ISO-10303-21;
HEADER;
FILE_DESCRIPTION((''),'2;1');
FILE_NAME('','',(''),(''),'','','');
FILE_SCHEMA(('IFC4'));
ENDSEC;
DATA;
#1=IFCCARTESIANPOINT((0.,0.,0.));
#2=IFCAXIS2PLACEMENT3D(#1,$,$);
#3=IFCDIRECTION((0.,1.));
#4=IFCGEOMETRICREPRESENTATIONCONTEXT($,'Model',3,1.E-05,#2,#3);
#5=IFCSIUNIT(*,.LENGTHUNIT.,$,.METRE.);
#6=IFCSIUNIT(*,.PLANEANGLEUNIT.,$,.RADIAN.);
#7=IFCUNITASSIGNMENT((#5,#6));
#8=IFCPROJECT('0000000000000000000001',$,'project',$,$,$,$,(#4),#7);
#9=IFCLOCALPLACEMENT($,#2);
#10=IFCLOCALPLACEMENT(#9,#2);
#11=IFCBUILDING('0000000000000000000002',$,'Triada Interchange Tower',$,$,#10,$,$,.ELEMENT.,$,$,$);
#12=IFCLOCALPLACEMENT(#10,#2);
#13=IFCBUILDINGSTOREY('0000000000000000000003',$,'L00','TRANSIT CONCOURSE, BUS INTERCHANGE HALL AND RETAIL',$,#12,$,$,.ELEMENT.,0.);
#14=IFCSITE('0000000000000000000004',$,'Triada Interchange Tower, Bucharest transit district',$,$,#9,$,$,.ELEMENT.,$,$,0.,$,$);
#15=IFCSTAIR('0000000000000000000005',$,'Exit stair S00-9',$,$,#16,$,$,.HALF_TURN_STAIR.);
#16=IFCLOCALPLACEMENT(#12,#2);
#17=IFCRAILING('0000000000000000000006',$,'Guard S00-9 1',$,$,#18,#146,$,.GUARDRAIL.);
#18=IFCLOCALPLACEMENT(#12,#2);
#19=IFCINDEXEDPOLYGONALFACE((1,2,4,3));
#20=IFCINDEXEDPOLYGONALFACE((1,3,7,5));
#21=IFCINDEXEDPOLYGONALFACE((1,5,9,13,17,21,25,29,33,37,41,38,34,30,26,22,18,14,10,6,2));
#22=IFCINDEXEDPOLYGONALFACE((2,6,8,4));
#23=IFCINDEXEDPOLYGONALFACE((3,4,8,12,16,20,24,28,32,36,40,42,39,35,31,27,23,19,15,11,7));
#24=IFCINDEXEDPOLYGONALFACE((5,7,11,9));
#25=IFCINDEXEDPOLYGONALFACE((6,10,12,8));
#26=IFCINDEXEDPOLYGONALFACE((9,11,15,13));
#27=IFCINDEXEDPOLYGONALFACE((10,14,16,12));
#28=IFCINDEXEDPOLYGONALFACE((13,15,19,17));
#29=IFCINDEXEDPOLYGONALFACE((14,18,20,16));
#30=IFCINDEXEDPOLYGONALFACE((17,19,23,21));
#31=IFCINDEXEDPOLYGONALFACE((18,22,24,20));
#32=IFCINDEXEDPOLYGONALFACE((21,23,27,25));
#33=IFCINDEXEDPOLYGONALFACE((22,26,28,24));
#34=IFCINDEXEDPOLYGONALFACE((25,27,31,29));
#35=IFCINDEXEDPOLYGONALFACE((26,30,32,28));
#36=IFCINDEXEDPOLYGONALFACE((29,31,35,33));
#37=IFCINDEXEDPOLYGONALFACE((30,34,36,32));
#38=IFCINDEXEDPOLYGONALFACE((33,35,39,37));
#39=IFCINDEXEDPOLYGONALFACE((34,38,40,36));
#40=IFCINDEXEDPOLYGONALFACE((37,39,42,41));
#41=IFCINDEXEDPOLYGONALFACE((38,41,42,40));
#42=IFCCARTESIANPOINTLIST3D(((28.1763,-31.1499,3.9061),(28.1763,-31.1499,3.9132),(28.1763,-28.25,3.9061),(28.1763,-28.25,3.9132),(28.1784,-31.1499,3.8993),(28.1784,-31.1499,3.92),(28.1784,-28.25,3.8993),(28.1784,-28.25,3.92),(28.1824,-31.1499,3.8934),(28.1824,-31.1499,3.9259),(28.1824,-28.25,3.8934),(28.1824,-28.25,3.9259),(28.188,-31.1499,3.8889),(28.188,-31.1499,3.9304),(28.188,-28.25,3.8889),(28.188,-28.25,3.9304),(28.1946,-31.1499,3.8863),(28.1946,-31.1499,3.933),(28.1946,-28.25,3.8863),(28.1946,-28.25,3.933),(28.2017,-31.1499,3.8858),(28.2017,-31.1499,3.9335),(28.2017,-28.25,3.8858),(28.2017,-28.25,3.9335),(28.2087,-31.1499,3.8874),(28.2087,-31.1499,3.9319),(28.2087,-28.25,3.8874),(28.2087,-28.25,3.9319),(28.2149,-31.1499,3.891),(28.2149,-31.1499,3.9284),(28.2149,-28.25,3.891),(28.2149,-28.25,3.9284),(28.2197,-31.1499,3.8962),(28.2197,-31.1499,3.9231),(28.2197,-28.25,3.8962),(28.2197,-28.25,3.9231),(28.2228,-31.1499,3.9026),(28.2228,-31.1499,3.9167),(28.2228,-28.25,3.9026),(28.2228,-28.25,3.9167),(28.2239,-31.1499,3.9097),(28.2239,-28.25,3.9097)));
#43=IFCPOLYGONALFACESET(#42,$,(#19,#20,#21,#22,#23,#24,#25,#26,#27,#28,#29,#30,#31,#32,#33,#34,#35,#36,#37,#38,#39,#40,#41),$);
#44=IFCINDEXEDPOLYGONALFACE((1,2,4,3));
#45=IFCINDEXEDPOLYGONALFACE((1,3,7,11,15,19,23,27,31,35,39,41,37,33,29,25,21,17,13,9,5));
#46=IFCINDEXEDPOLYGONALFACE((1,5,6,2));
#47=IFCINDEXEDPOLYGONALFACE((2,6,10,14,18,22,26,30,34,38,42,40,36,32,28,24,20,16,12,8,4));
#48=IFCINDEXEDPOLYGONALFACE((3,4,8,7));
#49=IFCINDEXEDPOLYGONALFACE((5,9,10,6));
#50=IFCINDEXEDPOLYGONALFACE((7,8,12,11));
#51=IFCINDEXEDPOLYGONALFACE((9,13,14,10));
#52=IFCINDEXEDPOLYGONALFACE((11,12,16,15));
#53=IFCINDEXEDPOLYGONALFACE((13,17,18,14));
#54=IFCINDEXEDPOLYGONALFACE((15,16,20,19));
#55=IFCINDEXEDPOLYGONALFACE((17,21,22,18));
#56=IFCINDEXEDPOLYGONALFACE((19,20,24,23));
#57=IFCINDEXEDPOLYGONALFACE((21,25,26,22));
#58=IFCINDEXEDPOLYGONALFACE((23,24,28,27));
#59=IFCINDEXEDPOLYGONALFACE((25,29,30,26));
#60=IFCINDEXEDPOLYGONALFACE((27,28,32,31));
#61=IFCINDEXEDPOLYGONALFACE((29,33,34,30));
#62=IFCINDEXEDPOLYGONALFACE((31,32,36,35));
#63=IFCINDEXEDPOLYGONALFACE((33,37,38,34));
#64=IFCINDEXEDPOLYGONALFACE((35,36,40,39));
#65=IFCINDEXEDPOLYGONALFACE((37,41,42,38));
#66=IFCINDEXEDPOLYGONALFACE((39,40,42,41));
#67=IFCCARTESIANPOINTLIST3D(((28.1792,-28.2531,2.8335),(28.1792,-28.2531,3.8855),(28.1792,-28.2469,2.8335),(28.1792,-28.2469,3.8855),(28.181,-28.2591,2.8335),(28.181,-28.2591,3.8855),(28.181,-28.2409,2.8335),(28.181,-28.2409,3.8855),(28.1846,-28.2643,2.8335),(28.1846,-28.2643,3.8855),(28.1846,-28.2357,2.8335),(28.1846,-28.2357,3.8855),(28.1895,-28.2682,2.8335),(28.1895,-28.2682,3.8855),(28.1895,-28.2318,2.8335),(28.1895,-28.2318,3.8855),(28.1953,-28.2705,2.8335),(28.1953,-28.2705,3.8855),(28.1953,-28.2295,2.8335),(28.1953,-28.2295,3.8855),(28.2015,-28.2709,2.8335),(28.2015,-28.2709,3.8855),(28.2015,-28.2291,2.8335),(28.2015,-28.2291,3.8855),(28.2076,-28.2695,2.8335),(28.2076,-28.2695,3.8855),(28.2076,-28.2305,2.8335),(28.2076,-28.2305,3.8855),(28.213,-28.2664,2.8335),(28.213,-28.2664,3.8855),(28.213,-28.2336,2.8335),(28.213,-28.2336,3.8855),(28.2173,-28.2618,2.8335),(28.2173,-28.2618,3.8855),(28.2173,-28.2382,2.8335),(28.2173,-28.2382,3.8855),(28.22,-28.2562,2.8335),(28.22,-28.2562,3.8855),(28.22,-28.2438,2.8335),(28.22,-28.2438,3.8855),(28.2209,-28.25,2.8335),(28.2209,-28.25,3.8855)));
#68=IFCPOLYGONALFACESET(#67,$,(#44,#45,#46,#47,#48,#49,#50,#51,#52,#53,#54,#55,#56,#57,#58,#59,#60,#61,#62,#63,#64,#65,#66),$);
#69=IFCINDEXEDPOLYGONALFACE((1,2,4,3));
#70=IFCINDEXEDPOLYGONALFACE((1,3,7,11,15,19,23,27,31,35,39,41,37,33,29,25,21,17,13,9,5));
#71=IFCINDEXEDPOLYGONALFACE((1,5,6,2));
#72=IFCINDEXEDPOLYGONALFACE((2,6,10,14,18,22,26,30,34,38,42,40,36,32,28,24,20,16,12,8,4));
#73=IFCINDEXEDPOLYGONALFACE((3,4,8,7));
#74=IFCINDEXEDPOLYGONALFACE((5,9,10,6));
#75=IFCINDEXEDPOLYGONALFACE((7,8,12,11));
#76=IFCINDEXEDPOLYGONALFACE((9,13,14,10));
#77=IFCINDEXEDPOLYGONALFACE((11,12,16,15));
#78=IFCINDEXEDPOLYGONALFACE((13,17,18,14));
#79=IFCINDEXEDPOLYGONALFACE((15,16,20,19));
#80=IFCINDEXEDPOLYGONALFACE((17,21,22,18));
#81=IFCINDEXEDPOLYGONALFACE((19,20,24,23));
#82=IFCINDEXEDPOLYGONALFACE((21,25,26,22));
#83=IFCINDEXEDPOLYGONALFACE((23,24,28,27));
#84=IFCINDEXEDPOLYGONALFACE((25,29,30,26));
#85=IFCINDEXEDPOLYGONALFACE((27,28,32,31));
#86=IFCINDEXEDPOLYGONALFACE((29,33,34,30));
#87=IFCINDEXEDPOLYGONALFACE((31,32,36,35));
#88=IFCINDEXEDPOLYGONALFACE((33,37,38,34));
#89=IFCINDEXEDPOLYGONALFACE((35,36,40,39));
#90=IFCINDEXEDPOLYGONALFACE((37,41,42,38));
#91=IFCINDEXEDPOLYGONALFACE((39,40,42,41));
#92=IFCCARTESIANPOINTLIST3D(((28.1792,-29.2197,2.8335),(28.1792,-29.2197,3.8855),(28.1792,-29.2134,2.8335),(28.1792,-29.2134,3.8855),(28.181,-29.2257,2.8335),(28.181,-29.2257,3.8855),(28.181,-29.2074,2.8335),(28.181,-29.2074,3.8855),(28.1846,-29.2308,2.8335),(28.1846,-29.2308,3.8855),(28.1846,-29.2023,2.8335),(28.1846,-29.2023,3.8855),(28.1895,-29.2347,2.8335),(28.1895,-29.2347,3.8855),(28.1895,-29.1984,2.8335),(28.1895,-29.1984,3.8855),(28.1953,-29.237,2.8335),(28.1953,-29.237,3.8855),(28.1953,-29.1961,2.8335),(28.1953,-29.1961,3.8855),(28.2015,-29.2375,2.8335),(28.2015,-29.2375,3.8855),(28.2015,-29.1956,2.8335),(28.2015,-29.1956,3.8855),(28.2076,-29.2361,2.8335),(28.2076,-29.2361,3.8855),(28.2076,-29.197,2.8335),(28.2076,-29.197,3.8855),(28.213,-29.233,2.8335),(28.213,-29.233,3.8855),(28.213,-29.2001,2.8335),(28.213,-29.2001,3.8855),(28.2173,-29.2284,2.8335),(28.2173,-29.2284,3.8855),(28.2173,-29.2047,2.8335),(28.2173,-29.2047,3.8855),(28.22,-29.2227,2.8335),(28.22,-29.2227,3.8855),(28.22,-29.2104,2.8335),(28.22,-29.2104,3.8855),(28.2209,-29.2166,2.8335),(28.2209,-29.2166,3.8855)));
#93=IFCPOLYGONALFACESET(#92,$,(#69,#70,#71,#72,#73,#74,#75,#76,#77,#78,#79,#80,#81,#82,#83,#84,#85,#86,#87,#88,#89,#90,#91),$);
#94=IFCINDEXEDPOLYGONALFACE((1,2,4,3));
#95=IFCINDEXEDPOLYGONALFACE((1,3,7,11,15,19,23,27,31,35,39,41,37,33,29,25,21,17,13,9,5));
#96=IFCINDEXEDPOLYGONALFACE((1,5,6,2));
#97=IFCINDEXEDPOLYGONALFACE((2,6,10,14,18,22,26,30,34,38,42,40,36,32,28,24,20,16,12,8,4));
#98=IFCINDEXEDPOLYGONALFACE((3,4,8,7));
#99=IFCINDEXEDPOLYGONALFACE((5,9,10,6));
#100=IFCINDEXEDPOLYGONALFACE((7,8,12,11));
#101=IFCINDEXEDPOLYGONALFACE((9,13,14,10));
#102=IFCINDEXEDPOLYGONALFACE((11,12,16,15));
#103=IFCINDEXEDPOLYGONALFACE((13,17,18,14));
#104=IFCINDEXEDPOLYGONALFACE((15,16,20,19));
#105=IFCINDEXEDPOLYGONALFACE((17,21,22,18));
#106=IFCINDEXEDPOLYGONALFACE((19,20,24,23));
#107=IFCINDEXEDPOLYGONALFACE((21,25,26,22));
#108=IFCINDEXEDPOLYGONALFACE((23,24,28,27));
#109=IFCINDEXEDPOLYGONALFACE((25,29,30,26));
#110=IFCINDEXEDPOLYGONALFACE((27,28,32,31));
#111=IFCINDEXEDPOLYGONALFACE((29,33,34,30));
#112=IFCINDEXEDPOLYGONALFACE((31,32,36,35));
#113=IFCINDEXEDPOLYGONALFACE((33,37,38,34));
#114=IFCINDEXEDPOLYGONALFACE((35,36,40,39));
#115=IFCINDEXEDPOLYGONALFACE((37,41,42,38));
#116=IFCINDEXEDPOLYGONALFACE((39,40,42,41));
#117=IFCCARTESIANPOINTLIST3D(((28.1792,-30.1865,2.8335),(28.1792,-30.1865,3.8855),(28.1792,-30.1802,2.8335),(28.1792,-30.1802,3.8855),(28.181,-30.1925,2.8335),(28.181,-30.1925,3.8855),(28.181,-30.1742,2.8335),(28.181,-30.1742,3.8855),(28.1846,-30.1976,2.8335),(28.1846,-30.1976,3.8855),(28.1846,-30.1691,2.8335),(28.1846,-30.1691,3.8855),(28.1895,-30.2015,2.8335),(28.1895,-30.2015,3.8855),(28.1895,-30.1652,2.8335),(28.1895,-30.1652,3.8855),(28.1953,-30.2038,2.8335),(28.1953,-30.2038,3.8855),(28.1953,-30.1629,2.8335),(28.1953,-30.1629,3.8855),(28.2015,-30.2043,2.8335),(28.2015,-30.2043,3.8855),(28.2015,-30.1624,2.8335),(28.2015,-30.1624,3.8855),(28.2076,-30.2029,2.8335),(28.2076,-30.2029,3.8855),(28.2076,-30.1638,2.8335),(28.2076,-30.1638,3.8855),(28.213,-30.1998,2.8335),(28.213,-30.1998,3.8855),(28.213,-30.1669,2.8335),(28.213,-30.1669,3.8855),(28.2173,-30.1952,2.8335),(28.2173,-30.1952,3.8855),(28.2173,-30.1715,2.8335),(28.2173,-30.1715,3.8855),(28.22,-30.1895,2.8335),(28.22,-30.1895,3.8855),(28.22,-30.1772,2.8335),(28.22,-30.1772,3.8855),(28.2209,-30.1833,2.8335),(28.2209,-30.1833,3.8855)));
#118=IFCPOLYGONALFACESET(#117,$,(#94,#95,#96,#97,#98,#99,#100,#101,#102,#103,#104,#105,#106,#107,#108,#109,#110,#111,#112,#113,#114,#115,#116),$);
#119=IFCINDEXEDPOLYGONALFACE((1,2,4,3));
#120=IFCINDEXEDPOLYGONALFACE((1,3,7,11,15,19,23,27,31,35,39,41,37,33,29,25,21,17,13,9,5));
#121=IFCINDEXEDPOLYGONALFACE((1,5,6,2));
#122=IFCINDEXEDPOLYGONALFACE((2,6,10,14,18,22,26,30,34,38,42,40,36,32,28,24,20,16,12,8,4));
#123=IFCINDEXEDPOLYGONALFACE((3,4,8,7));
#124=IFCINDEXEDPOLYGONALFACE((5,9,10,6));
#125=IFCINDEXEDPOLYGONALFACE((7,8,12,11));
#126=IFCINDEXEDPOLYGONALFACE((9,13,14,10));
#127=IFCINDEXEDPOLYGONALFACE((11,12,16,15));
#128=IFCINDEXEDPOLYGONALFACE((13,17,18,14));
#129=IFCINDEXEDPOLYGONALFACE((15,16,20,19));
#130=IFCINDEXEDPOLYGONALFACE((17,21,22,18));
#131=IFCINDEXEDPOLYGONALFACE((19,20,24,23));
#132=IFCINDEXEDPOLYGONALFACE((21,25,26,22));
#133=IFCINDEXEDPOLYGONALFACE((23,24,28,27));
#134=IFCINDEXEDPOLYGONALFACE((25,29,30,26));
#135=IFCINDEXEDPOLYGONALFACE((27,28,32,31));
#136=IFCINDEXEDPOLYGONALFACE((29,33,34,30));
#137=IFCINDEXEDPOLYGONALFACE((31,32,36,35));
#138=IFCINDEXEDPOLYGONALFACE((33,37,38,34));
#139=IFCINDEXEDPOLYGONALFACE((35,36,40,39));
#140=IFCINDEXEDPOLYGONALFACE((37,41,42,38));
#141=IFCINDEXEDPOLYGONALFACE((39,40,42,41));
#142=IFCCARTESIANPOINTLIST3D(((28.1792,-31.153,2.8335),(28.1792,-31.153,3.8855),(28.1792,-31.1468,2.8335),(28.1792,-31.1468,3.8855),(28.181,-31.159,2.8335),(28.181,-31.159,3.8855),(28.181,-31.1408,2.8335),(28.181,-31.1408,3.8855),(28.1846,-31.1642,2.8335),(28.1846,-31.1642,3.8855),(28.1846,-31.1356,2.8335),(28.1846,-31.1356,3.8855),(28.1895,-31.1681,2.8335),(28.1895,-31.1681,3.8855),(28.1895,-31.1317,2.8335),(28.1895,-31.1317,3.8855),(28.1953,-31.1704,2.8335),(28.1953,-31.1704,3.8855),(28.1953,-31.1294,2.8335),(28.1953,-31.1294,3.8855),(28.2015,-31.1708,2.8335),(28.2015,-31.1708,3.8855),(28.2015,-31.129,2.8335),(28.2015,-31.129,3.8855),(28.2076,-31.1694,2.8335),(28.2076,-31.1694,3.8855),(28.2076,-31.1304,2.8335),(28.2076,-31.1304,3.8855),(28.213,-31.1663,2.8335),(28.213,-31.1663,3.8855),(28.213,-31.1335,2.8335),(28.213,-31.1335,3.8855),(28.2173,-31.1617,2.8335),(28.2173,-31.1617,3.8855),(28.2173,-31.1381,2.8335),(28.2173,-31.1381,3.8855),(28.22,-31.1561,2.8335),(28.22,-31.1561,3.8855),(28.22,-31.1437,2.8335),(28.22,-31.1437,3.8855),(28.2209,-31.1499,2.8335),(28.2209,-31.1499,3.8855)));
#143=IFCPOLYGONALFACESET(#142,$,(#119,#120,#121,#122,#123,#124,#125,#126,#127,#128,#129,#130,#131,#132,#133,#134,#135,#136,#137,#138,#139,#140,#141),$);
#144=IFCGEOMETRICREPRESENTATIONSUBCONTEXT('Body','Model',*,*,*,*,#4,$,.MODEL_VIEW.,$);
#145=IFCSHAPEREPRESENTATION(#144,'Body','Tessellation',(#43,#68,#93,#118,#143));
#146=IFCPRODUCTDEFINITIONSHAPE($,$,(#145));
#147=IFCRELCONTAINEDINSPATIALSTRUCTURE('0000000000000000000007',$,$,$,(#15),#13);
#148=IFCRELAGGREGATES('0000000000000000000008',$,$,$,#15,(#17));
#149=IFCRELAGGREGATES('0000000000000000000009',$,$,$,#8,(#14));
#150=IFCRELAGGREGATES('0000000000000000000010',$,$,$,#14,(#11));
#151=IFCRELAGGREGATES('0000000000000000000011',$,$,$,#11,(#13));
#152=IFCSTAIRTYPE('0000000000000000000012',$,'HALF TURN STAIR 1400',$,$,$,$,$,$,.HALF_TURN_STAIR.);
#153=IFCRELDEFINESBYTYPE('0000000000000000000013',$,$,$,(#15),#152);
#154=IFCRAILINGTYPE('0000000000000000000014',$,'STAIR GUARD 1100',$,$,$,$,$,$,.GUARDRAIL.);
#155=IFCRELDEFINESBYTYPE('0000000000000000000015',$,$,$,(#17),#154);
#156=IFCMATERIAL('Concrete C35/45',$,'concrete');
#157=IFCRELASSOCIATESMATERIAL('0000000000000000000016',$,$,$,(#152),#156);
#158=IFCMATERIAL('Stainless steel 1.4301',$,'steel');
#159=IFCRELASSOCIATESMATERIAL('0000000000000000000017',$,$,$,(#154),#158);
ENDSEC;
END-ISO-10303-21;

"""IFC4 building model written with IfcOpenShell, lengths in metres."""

from ifc_helpers import new_model, si_unit, direction, frame, origin, origin_2d, place, context, subcontext, project, spatial, circle, extrude, material, type_object, element, aggregate, save


model = new_model("IFC4")

# Units and contexts
model_context = context("Model", 3, precision=1e-05, world=origin(), true_north=direction((0.0, 1.0)))
body_context = subcontext(model_context, "Body", "Model", "MODEL_VIEW")
ifc_project = project(units=[si_unit("LENGTHUNIT", "METRE"), si_unit("PLANEANGLEUNIT", "RADIAN")], contexts=[model_context])

# Site, building, storey
site_placement = place(None, origin())
site = spatial("IfcSite", under=ifc_project, at=site_placement, Name="Triada Interchange Tower, Bucharest transit district", CompositionType="ELEMENT", RefElevation=0.0)
building_placement = place(site_placement, origin())
building = spatial("IfcBuilding", under=site, at=building_placement, Name="Triada Interchange Tower", CompositionType="ELEMENT")
storey_placement = place(building_placement, origin())
storey = spatial("IfcBuildingStorey", under=building, at=storey_placement, Name="L00", Description="TRANSIT CONCOURSE, BUS INTERCHANGE HALL AND RETAIL", CompositionType="ELEMENT", Elevation=0.0)

# Shared definitions
ifc_material_1 = material(Name="Concrete C35/45", Category="concrete")

# Stair, railing
stair_type = type_object("IfcStairType", Name="HALF TURN STAIR 1400", PredefinedType="HALF_TURN_STAIR", material=ifc_material_1)
stair_placement = place(storey_placement, origin())
stair = element("IfcStair", 1, at=stair_placement, inside=storey, type_object=stair_type, Name="Exit stair S00-9", PredefinedType="HALF_TURN_STAIR")
ifc_material_2 = material(Name="Stainless steel 1.4301", Category="steel")
railing_type = type_object("IfcRailingType", Name="STAIR GUARD 1100", PredefinedType="GUARDRAIL", material=ifc_material_2)
railing_1_placement = place(storey_placement, frame((28.2, -28.25, 2.8335)))
railing_1 = element("IfcRailing", 2, at=railing_1_placement, type_object=railing_type, Name="Guard S00-9 1", PredefinedType="GUARDRAIL", context=body_context, shape_type="SweptSolid", body=[
    extrude(circle(Radius=0.0239, at=origin_2d()), frame((0.0, 0.0, 1.0762), z_axis=(0.0, -1.0, 0.0), x_axis=(1.0, 0.0, 0.0)), (0.0, 0.0, 1.0), 2.8999),
    extrude(circle(Radius=0.021, at=origin_2d()), origin(), (0.0, 0.0, 1.0), 1.052),
    extrude(circle(Radius=0.021, at=origin_2d()), frame((0.0, -0.9666, 0.0)), (0.0, 0.0, 1.0), 1.052),
    extrude(circle(Radius=0.021, at=origin_2d()), frame((0.0, -1.9333, 0.0)), (0.0, 0.0, 1.0), 1.052),
    extrude(circle(Radius=0.021, at=origin_2d()), frame((0.0, -2.8999, 0.0)), (0.0, 0.0, 1.0), 1.052),
])
aggregate(stair, [railing_1])

save(model, "model.ifc")
